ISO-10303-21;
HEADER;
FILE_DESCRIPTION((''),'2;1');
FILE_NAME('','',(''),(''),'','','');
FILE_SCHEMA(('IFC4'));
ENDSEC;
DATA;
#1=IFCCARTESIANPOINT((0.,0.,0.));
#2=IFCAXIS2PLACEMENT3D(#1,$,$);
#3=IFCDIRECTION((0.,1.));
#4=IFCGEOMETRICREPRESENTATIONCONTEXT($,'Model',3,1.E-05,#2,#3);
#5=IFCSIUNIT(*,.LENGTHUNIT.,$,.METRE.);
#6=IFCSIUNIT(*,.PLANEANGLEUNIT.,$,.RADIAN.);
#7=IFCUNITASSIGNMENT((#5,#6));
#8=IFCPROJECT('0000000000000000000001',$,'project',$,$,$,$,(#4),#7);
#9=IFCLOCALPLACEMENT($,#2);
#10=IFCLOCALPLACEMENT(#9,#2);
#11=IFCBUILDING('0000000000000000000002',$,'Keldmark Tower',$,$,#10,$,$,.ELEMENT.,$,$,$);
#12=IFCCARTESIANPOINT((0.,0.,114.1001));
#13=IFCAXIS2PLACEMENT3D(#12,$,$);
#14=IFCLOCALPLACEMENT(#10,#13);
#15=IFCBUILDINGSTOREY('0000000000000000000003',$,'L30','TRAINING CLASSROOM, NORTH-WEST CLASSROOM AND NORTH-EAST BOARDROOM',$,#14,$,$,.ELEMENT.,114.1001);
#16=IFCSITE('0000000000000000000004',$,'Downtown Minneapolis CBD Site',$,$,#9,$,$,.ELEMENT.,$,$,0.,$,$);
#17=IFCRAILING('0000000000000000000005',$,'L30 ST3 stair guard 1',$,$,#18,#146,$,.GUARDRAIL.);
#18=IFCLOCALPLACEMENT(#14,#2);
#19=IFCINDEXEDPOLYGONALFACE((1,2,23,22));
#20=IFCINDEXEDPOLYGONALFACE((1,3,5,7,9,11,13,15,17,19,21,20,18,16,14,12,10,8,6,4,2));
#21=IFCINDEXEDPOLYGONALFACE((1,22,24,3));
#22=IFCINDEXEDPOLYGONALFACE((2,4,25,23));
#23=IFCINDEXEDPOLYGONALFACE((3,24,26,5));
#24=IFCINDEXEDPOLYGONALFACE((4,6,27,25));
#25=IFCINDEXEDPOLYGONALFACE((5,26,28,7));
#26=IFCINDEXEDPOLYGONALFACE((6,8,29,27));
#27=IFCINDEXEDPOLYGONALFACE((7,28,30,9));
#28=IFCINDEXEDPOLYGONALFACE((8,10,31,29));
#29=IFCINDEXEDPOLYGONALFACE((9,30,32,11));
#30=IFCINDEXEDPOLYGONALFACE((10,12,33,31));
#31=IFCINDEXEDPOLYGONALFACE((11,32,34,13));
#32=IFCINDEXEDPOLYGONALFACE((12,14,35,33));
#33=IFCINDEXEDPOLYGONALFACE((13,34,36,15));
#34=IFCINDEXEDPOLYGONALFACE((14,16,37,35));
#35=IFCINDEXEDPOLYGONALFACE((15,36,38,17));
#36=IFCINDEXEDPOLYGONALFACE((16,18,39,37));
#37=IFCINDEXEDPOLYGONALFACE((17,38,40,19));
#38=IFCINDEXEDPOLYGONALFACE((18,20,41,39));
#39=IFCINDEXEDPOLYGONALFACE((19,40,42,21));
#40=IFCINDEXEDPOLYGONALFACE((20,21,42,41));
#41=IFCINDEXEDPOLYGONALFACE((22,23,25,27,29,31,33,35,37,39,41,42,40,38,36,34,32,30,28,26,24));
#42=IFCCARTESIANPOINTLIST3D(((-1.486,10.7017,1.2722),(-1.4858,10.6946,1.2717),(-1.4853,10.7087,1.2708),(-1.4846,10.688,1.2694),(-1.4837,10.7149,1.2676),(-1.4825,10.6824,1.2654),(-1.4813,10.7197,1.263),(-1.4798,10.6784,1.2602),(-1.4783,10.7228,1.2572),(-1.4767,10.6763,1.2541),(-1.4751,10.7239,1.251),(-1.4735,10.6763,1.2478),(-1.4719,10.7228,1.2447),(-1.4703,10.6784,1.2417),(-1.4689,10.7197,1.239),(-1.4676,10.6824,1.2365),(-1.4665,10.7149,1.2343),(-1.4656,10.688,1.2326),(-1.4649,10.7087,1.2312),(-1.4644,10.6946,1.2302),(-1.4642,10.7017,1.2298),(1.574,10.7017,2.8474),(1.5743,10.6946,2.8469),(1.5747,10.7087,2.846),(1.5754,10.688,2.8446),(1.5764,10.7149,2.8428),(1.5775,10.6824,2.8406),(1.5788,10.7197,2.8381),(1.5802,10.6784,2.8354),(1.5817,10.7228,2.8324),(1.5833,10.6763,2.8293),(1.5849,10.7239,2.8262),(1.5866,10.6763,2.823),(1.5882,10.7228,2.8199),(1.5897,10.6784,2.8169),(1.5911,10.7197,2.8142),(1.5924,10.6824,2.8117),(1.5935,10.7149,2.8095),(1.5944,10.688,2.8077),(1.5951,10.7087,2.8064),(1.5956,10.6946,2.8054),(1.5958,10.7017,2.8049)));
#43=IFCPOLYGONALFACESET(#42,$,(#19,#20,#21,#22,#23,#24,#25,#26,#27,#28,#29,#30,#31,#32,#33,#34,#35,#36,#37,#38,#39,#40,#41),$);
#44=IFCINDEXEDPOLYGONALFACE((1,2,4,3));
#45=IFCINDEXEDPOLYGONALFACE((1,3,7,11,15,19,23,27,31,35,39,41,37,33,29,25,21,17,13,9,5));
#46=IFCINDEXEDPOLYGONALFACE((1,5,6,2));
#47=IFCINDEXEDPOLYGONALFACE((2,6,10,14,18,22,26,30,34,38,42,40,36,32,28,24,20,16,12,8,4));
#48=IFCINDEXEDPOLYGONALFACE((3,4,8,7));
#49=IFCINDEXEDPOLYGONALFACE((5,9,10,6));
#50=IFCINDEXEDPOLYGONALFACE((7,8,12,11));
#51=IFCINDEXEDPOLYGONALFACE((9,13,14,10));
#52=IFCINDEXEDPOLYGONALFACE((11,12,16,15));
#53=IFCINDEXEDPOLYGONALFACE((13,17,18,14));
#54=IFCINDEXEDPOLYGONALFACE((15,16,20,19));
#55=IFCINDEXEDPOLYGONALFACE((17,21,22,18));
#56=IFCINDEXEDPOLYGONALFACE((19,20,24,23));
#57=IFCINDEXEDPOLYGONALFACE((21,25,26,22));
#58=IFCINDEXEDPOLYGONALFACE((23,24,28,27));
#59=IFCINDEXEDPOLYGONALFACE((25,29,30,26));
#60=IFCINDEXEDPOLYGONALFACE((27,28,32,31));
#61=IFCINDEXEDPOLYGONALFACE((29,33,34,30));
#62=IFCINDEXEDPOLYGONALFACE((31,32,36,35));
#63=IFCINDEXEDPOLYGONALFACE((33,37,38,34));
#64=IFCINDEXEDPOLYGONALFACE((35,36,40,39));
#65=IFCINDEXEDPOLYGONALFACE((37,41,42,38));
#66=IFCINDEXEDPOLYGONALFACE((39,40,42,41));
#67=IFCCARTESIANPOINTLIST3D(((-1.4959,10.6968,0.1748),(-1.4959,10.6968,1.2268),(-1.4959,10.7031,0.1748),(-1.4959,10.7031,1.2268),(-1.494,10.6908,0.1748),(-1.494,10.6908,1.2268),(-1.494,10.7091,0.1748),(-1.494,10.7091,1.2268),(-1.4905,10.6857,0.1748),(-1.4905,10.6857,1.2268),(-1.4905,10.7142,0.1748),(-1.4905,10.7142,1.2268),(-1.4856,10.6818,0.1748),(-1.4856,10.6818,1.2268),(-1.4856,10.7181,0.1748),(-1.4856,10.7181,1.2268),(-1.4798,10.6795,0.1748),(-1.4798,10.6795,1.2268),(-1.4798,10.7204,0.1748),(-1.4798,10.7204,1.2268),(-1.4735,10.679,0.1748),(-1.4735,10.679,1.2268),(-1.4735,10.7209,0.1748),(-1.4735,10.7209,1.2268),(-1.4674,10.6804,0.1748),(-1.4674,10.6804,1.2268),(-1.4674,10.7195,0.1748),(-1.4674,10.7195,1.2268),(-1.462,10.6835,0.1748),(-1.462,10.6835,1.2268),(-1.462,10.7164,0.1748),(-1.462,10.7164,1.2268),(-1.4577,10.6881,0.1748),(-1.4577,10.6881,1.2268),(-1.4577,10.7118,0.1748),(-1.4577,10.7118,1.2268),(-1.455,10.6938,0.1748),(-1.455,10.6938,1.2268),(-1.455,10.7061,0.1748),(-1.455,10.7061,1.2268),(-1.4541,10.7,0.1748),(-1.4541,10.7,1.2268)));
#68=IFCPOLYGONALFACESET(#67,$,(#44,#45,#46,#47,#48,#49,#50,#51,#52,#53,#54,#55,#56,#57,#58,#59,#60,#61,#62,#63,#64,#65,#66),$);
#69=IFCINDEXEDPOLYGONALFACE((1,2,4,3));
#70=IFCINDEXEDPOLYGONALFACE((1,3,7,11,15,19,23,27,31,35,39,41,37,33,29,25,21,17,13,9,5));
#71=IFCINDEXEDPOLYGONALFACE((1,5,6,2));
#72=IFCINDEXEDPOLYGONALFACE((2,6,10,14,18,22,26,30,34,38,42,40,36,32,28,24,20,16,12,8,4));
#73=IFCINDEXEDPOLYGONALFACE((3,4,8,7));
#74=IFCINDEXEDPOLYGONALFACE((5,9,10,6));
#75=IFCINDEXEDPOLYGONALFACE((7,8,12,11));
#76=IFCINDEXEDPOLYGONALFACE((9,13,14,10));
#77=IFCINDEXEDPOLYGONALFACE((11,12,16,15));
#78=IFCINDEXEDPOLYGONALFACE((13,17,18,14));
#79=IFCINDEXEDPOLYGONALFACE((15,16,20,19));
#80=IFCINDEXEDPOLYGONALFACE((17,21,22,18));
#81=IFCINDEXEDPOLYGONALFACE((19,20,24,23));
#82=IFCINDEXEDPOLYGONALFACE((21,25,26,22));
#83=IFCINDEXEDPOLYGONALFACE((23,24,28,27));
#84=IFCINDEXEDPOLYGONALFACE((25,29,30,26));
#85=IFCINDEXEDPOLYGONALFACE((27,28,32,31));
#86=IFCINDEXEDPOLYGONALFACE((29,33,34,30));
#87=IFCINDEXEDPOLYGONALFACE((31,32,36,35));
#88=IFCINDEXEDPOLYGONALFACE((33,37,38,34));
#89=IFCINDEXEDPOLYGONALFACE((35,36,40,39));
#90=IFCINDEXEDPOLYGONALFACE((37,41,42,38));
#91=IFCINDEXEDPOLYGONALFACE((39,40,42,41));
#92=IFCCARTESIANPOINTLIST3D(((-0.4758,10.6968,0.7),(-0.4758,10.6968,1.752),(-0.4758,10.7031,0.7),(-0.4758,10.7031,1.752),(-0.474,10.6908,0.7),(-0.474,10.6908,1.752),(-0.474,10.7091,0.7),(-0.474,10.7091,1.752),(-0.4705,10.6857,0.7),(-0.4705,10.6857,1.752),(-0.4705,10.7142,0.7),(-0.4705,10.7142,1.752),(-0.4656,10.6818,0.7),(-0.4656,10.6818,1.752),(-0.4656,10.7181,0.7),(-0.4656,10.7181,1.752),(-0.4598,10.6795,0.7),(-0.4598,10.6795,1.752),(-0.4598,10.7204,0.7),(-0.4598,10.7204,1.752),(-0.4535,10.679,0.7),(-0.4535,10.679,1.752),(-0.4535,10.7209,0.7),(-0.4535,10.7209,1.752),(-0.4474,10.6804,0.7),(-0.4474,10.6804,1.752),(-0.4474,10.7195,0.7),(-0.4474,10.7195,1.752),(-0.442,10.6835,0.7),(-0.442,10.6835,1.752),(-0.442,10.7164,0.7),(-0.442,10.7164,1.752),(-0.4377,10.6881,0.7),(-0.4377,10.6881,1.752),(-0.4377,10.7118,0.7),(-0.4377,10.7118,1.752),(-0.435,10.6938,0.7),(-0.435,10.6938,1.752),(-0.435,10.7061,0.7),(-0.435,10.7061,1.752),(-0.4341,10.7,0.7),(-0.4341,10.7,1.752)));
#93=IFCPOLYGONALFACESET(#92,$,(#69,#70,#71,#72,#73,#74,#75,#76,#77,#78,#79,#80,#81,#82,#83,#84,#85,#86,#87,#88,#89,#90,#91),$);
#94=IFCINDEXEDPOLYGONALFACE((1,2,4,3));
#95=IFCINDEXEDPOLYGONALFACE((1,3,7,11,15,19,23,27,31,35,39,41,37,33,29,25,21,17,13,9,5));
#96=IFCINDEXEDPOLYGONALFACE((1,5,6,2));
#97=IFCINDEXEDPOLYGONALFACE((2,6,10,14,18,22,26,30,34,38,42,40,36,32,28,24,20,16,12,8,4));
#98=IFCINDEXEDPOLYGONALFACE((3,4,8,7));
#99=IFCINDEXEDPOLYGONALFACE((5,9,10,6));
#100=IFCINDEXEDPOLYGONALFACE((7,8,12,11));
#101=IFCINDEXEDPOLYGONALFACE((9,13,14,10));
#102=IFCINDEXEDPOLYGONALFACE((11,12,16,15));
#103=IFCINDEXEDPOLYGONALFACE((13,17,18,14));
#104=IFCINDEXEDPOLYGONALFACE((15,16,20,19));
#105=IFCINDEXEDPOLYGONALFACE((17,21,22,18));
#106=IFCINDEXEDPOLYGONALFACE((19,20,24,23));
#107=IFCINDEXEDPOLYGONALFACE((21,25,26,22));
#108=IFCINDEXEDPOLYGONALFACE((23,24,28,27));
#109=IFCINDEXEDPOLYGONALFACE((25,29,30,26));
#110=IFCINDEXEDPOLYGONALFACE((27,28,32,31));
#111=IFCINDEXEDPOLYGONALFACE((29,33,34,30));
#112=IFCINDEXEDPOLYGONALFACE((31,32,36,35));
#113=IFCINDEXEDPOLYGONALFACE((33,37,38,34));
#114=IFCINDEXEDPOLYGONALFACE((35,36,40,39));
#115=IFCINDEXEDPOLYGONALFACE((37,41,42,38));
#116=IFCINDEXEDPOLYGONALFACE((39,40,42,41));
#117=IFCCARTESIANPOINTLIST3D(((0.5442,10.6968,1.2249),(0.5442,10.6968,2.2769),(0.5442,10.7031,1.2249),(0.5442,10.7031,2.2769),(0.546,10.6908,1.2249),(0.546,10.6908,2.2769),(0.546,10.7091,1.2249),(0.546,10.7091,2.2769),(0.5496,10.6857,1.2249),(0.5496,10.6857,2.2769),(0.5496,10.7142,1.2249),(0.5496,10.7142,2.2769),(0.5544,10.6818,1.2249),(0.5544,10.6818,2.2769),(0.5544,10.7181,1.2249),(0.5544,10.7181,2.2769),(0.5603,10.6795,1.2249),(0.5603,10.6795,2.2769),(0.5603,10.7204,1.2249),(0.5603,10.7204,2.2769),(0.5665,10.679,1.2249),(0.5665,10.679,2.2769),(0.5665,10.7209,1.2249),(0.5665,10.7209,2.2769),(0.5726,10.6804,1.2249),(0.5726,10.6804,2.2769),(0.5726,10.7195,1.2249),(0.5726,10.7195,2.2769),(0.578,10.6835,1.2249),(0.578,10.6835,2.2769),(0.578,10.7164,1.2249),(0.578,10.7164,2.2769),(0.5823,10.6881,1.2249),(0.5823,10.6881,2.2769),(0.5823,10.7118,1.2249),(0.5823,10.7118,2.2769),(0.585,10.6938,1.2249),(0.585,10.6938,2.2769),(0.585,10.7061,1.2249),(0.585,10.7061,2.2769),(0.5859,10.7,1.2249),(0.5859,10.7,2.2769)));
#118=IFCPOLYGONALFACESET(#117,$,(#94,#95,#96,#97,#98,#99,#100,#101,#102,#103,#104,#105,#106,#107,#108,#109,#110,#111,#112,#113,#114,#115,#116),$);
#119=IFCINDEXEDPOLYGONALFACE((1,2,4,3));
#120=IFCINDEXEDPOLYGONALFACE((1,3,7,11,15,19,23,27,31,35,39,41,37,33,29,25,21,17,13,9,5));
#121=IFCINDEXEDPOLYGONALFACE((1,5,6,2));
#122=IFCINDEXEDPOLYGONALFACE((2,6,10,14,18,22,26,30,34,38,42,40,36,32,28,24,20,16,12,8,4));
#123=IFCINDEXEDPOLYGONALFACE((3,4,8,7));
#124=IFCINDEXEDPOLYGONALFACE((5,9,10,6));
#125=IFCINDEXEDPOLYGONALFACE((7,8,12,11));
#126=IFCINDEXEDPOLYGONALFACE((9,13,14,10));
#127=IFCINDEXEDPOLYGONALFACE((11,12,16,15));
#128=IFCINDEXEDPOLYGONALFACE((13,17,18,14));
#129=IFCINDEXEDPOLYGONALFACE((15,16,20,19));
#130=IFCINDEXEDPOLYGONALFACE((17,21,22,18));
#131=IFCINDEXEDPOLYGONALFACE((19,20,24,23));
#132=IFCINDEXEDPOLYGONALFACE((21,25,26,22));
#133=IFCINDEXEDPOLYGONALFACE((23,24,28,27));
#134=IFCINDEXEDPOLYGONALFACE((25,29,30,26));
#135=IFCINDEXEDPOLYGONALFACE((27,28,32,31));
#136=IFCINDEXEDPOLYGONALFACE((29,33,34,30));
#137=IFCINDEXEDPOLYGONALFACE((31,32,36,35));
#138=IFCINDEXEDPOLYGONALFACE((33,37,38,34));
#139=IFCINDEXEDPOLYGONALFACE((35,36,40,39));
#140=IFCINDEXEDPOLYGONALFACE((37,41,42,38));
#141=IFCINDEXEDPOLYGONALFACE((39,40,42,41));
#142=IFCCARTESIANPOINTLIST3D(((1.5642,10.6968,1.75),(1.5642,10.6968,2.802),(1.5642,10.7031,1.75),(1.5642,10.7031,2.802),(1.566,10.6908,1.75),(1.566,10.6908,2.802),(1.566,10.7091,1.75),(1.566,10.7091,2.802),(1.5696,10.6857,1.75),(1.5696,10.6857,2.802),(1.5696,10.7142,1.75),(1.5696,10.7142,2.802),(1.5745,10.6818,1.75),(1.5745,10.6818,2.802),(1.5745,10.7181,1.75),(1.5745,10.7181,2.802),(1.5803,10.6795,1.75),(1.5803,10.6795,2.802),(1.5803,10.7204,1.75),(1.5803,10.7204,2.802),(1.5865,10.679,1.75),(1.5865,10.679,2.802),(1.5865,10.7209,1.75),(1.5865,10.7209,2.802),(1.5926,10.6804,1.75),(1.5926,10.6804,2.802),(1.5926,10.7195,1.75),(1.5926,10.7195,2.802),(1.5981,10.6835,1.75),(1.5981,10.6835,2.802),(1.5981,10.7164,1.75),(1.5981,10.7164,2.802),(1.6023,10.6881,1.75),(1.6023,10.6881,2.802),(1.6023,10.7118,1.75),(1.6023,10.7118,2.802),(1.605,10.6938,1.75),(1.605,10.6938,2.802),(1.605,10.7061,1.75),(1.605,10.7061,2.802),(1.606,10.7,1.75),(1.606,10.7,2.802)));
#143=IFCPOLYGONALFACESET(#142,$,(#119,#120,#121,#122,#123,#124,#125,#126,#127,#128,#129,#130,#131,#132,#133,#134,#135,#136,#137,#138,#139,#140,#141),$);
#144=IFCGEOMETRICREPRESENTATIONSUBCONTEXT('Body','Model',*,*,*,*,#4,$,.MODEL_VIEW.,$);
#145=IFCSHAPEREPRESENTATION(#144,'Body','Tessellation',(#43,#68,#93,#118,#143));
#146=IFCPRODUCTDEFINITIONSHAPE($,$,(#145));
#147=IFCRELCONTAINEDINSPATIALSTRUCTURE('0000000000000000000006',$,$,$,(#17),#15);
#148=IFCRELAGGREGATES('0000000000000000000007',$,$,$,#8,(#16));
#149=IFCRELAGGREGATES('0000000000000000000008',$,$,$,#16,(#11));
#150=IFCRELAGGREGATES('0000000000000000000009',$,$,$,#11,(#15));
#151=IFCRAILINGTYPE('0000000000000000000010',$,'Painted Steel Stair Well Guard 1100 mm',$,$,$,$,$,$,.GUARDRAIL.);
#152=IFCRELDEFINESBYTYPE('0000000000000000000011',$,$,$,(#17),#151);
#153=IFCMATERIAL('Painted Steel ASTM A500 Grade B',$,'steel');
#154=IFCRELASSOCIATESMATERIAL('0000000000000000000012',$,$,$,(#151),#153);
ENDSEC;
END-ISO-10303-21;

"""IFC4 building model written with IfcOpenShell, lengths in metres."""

from ifc_helpers import new_model, si_unit, direction, frame, origin, origin_2d, place, context, subcontext, project, spatial, circle, extrude, material, type_object, element, save


model = new_model("IFC4")

# Units and contexts
model_context = context("Model", 3, precision=1e-05, world=origin(), true_north=direction((0.0, 1.0)))
body_context = subcontext(model_context, "Body", "Model", "MODEL_VIEW")
ifc_project = project(units=[si_unit("LENGTHUNIT", "METRE"), si_unit("PLANEANGLEUNIT", "RADIAN")], contexts=[model_context])

# Site, building, storey
site_placement = place(None, origin())
site = spatial("IfcSite", under=ifc_project, at=site_placement, Name="Downtown Minneapolis CBD Site", CompositionType="ELEMENT", RefElevation=0.0)
building_placement = place(site_placement, origin())
building = spatial("IfcBuilding", under=site, at=building_placement, Name="Keldmark Tower", CompositionType="ELEMENT")
storey_placement = place(building_placement, frame((0.0, 0.0, 114.1001)))
storey = spatial("IfcBuildingStorey", under=building, at=storey_placement, Name="L30", Description="TRAINING CLASSROOM, NORTH-WEST CLASSROOM AND NORTH-EAST BOARDROOM", CompositionType="ELEMENT", Elevation=114.1001)

# Railing
ifc_material_1 = material(Name="Painted Steel ASTM A500 Grade B", Category="steel")
railing_type = type_object("IfcRailingType", Name="Painted Steel Stair Well Guard 1100 mm", PredefinedType="GUARDRAIL", material=ifc_material_1)
railing_1_placement = place(storey_placement, frame((-1.4751, 10.7, 0.1748)))
element("IfcRailing", 1, at=railing_1_placement, inside=storey, type_object=railing_type, Name="L30 ST3 stair guard 1", PredefinedType="GUARDRAIL", context=body_context, shape_type="SweptSolid", body=[
    extrude(circle(Radius=0.0239, at=origin_2d()), frame((0.0, 0.0, 1.0762), z_axis=(0.889116, 0.0, 0.457681), x_axis=(0.0, 1.0, 0.0)), (0.0, 0.0, 1.0), 3.4417),
    extrude(circle(Radius=0.021, at=origin_2d()), origin(), (0.0, 0.0, 1.0), 1.052),
    extrude(circle(Radius=0.021, at=origin_2d()), frame((1.02, 0.0, 0.5251)), (0.0, 0.0, 1.0), 1.052),
    extrude(circle(Radius=0.021, at=origin_2d()), frame((2.04, 0.0, 1.05)), (0.0, 0.0, 1.0), 1.052),
    extrude(circle(Radius=0.021, at=origin_2d()), frame((3.0601, 0.0, 1.5752)), (0.0, 0.0, 1.0), 1.052),
])

save(model, "model.ifc")
